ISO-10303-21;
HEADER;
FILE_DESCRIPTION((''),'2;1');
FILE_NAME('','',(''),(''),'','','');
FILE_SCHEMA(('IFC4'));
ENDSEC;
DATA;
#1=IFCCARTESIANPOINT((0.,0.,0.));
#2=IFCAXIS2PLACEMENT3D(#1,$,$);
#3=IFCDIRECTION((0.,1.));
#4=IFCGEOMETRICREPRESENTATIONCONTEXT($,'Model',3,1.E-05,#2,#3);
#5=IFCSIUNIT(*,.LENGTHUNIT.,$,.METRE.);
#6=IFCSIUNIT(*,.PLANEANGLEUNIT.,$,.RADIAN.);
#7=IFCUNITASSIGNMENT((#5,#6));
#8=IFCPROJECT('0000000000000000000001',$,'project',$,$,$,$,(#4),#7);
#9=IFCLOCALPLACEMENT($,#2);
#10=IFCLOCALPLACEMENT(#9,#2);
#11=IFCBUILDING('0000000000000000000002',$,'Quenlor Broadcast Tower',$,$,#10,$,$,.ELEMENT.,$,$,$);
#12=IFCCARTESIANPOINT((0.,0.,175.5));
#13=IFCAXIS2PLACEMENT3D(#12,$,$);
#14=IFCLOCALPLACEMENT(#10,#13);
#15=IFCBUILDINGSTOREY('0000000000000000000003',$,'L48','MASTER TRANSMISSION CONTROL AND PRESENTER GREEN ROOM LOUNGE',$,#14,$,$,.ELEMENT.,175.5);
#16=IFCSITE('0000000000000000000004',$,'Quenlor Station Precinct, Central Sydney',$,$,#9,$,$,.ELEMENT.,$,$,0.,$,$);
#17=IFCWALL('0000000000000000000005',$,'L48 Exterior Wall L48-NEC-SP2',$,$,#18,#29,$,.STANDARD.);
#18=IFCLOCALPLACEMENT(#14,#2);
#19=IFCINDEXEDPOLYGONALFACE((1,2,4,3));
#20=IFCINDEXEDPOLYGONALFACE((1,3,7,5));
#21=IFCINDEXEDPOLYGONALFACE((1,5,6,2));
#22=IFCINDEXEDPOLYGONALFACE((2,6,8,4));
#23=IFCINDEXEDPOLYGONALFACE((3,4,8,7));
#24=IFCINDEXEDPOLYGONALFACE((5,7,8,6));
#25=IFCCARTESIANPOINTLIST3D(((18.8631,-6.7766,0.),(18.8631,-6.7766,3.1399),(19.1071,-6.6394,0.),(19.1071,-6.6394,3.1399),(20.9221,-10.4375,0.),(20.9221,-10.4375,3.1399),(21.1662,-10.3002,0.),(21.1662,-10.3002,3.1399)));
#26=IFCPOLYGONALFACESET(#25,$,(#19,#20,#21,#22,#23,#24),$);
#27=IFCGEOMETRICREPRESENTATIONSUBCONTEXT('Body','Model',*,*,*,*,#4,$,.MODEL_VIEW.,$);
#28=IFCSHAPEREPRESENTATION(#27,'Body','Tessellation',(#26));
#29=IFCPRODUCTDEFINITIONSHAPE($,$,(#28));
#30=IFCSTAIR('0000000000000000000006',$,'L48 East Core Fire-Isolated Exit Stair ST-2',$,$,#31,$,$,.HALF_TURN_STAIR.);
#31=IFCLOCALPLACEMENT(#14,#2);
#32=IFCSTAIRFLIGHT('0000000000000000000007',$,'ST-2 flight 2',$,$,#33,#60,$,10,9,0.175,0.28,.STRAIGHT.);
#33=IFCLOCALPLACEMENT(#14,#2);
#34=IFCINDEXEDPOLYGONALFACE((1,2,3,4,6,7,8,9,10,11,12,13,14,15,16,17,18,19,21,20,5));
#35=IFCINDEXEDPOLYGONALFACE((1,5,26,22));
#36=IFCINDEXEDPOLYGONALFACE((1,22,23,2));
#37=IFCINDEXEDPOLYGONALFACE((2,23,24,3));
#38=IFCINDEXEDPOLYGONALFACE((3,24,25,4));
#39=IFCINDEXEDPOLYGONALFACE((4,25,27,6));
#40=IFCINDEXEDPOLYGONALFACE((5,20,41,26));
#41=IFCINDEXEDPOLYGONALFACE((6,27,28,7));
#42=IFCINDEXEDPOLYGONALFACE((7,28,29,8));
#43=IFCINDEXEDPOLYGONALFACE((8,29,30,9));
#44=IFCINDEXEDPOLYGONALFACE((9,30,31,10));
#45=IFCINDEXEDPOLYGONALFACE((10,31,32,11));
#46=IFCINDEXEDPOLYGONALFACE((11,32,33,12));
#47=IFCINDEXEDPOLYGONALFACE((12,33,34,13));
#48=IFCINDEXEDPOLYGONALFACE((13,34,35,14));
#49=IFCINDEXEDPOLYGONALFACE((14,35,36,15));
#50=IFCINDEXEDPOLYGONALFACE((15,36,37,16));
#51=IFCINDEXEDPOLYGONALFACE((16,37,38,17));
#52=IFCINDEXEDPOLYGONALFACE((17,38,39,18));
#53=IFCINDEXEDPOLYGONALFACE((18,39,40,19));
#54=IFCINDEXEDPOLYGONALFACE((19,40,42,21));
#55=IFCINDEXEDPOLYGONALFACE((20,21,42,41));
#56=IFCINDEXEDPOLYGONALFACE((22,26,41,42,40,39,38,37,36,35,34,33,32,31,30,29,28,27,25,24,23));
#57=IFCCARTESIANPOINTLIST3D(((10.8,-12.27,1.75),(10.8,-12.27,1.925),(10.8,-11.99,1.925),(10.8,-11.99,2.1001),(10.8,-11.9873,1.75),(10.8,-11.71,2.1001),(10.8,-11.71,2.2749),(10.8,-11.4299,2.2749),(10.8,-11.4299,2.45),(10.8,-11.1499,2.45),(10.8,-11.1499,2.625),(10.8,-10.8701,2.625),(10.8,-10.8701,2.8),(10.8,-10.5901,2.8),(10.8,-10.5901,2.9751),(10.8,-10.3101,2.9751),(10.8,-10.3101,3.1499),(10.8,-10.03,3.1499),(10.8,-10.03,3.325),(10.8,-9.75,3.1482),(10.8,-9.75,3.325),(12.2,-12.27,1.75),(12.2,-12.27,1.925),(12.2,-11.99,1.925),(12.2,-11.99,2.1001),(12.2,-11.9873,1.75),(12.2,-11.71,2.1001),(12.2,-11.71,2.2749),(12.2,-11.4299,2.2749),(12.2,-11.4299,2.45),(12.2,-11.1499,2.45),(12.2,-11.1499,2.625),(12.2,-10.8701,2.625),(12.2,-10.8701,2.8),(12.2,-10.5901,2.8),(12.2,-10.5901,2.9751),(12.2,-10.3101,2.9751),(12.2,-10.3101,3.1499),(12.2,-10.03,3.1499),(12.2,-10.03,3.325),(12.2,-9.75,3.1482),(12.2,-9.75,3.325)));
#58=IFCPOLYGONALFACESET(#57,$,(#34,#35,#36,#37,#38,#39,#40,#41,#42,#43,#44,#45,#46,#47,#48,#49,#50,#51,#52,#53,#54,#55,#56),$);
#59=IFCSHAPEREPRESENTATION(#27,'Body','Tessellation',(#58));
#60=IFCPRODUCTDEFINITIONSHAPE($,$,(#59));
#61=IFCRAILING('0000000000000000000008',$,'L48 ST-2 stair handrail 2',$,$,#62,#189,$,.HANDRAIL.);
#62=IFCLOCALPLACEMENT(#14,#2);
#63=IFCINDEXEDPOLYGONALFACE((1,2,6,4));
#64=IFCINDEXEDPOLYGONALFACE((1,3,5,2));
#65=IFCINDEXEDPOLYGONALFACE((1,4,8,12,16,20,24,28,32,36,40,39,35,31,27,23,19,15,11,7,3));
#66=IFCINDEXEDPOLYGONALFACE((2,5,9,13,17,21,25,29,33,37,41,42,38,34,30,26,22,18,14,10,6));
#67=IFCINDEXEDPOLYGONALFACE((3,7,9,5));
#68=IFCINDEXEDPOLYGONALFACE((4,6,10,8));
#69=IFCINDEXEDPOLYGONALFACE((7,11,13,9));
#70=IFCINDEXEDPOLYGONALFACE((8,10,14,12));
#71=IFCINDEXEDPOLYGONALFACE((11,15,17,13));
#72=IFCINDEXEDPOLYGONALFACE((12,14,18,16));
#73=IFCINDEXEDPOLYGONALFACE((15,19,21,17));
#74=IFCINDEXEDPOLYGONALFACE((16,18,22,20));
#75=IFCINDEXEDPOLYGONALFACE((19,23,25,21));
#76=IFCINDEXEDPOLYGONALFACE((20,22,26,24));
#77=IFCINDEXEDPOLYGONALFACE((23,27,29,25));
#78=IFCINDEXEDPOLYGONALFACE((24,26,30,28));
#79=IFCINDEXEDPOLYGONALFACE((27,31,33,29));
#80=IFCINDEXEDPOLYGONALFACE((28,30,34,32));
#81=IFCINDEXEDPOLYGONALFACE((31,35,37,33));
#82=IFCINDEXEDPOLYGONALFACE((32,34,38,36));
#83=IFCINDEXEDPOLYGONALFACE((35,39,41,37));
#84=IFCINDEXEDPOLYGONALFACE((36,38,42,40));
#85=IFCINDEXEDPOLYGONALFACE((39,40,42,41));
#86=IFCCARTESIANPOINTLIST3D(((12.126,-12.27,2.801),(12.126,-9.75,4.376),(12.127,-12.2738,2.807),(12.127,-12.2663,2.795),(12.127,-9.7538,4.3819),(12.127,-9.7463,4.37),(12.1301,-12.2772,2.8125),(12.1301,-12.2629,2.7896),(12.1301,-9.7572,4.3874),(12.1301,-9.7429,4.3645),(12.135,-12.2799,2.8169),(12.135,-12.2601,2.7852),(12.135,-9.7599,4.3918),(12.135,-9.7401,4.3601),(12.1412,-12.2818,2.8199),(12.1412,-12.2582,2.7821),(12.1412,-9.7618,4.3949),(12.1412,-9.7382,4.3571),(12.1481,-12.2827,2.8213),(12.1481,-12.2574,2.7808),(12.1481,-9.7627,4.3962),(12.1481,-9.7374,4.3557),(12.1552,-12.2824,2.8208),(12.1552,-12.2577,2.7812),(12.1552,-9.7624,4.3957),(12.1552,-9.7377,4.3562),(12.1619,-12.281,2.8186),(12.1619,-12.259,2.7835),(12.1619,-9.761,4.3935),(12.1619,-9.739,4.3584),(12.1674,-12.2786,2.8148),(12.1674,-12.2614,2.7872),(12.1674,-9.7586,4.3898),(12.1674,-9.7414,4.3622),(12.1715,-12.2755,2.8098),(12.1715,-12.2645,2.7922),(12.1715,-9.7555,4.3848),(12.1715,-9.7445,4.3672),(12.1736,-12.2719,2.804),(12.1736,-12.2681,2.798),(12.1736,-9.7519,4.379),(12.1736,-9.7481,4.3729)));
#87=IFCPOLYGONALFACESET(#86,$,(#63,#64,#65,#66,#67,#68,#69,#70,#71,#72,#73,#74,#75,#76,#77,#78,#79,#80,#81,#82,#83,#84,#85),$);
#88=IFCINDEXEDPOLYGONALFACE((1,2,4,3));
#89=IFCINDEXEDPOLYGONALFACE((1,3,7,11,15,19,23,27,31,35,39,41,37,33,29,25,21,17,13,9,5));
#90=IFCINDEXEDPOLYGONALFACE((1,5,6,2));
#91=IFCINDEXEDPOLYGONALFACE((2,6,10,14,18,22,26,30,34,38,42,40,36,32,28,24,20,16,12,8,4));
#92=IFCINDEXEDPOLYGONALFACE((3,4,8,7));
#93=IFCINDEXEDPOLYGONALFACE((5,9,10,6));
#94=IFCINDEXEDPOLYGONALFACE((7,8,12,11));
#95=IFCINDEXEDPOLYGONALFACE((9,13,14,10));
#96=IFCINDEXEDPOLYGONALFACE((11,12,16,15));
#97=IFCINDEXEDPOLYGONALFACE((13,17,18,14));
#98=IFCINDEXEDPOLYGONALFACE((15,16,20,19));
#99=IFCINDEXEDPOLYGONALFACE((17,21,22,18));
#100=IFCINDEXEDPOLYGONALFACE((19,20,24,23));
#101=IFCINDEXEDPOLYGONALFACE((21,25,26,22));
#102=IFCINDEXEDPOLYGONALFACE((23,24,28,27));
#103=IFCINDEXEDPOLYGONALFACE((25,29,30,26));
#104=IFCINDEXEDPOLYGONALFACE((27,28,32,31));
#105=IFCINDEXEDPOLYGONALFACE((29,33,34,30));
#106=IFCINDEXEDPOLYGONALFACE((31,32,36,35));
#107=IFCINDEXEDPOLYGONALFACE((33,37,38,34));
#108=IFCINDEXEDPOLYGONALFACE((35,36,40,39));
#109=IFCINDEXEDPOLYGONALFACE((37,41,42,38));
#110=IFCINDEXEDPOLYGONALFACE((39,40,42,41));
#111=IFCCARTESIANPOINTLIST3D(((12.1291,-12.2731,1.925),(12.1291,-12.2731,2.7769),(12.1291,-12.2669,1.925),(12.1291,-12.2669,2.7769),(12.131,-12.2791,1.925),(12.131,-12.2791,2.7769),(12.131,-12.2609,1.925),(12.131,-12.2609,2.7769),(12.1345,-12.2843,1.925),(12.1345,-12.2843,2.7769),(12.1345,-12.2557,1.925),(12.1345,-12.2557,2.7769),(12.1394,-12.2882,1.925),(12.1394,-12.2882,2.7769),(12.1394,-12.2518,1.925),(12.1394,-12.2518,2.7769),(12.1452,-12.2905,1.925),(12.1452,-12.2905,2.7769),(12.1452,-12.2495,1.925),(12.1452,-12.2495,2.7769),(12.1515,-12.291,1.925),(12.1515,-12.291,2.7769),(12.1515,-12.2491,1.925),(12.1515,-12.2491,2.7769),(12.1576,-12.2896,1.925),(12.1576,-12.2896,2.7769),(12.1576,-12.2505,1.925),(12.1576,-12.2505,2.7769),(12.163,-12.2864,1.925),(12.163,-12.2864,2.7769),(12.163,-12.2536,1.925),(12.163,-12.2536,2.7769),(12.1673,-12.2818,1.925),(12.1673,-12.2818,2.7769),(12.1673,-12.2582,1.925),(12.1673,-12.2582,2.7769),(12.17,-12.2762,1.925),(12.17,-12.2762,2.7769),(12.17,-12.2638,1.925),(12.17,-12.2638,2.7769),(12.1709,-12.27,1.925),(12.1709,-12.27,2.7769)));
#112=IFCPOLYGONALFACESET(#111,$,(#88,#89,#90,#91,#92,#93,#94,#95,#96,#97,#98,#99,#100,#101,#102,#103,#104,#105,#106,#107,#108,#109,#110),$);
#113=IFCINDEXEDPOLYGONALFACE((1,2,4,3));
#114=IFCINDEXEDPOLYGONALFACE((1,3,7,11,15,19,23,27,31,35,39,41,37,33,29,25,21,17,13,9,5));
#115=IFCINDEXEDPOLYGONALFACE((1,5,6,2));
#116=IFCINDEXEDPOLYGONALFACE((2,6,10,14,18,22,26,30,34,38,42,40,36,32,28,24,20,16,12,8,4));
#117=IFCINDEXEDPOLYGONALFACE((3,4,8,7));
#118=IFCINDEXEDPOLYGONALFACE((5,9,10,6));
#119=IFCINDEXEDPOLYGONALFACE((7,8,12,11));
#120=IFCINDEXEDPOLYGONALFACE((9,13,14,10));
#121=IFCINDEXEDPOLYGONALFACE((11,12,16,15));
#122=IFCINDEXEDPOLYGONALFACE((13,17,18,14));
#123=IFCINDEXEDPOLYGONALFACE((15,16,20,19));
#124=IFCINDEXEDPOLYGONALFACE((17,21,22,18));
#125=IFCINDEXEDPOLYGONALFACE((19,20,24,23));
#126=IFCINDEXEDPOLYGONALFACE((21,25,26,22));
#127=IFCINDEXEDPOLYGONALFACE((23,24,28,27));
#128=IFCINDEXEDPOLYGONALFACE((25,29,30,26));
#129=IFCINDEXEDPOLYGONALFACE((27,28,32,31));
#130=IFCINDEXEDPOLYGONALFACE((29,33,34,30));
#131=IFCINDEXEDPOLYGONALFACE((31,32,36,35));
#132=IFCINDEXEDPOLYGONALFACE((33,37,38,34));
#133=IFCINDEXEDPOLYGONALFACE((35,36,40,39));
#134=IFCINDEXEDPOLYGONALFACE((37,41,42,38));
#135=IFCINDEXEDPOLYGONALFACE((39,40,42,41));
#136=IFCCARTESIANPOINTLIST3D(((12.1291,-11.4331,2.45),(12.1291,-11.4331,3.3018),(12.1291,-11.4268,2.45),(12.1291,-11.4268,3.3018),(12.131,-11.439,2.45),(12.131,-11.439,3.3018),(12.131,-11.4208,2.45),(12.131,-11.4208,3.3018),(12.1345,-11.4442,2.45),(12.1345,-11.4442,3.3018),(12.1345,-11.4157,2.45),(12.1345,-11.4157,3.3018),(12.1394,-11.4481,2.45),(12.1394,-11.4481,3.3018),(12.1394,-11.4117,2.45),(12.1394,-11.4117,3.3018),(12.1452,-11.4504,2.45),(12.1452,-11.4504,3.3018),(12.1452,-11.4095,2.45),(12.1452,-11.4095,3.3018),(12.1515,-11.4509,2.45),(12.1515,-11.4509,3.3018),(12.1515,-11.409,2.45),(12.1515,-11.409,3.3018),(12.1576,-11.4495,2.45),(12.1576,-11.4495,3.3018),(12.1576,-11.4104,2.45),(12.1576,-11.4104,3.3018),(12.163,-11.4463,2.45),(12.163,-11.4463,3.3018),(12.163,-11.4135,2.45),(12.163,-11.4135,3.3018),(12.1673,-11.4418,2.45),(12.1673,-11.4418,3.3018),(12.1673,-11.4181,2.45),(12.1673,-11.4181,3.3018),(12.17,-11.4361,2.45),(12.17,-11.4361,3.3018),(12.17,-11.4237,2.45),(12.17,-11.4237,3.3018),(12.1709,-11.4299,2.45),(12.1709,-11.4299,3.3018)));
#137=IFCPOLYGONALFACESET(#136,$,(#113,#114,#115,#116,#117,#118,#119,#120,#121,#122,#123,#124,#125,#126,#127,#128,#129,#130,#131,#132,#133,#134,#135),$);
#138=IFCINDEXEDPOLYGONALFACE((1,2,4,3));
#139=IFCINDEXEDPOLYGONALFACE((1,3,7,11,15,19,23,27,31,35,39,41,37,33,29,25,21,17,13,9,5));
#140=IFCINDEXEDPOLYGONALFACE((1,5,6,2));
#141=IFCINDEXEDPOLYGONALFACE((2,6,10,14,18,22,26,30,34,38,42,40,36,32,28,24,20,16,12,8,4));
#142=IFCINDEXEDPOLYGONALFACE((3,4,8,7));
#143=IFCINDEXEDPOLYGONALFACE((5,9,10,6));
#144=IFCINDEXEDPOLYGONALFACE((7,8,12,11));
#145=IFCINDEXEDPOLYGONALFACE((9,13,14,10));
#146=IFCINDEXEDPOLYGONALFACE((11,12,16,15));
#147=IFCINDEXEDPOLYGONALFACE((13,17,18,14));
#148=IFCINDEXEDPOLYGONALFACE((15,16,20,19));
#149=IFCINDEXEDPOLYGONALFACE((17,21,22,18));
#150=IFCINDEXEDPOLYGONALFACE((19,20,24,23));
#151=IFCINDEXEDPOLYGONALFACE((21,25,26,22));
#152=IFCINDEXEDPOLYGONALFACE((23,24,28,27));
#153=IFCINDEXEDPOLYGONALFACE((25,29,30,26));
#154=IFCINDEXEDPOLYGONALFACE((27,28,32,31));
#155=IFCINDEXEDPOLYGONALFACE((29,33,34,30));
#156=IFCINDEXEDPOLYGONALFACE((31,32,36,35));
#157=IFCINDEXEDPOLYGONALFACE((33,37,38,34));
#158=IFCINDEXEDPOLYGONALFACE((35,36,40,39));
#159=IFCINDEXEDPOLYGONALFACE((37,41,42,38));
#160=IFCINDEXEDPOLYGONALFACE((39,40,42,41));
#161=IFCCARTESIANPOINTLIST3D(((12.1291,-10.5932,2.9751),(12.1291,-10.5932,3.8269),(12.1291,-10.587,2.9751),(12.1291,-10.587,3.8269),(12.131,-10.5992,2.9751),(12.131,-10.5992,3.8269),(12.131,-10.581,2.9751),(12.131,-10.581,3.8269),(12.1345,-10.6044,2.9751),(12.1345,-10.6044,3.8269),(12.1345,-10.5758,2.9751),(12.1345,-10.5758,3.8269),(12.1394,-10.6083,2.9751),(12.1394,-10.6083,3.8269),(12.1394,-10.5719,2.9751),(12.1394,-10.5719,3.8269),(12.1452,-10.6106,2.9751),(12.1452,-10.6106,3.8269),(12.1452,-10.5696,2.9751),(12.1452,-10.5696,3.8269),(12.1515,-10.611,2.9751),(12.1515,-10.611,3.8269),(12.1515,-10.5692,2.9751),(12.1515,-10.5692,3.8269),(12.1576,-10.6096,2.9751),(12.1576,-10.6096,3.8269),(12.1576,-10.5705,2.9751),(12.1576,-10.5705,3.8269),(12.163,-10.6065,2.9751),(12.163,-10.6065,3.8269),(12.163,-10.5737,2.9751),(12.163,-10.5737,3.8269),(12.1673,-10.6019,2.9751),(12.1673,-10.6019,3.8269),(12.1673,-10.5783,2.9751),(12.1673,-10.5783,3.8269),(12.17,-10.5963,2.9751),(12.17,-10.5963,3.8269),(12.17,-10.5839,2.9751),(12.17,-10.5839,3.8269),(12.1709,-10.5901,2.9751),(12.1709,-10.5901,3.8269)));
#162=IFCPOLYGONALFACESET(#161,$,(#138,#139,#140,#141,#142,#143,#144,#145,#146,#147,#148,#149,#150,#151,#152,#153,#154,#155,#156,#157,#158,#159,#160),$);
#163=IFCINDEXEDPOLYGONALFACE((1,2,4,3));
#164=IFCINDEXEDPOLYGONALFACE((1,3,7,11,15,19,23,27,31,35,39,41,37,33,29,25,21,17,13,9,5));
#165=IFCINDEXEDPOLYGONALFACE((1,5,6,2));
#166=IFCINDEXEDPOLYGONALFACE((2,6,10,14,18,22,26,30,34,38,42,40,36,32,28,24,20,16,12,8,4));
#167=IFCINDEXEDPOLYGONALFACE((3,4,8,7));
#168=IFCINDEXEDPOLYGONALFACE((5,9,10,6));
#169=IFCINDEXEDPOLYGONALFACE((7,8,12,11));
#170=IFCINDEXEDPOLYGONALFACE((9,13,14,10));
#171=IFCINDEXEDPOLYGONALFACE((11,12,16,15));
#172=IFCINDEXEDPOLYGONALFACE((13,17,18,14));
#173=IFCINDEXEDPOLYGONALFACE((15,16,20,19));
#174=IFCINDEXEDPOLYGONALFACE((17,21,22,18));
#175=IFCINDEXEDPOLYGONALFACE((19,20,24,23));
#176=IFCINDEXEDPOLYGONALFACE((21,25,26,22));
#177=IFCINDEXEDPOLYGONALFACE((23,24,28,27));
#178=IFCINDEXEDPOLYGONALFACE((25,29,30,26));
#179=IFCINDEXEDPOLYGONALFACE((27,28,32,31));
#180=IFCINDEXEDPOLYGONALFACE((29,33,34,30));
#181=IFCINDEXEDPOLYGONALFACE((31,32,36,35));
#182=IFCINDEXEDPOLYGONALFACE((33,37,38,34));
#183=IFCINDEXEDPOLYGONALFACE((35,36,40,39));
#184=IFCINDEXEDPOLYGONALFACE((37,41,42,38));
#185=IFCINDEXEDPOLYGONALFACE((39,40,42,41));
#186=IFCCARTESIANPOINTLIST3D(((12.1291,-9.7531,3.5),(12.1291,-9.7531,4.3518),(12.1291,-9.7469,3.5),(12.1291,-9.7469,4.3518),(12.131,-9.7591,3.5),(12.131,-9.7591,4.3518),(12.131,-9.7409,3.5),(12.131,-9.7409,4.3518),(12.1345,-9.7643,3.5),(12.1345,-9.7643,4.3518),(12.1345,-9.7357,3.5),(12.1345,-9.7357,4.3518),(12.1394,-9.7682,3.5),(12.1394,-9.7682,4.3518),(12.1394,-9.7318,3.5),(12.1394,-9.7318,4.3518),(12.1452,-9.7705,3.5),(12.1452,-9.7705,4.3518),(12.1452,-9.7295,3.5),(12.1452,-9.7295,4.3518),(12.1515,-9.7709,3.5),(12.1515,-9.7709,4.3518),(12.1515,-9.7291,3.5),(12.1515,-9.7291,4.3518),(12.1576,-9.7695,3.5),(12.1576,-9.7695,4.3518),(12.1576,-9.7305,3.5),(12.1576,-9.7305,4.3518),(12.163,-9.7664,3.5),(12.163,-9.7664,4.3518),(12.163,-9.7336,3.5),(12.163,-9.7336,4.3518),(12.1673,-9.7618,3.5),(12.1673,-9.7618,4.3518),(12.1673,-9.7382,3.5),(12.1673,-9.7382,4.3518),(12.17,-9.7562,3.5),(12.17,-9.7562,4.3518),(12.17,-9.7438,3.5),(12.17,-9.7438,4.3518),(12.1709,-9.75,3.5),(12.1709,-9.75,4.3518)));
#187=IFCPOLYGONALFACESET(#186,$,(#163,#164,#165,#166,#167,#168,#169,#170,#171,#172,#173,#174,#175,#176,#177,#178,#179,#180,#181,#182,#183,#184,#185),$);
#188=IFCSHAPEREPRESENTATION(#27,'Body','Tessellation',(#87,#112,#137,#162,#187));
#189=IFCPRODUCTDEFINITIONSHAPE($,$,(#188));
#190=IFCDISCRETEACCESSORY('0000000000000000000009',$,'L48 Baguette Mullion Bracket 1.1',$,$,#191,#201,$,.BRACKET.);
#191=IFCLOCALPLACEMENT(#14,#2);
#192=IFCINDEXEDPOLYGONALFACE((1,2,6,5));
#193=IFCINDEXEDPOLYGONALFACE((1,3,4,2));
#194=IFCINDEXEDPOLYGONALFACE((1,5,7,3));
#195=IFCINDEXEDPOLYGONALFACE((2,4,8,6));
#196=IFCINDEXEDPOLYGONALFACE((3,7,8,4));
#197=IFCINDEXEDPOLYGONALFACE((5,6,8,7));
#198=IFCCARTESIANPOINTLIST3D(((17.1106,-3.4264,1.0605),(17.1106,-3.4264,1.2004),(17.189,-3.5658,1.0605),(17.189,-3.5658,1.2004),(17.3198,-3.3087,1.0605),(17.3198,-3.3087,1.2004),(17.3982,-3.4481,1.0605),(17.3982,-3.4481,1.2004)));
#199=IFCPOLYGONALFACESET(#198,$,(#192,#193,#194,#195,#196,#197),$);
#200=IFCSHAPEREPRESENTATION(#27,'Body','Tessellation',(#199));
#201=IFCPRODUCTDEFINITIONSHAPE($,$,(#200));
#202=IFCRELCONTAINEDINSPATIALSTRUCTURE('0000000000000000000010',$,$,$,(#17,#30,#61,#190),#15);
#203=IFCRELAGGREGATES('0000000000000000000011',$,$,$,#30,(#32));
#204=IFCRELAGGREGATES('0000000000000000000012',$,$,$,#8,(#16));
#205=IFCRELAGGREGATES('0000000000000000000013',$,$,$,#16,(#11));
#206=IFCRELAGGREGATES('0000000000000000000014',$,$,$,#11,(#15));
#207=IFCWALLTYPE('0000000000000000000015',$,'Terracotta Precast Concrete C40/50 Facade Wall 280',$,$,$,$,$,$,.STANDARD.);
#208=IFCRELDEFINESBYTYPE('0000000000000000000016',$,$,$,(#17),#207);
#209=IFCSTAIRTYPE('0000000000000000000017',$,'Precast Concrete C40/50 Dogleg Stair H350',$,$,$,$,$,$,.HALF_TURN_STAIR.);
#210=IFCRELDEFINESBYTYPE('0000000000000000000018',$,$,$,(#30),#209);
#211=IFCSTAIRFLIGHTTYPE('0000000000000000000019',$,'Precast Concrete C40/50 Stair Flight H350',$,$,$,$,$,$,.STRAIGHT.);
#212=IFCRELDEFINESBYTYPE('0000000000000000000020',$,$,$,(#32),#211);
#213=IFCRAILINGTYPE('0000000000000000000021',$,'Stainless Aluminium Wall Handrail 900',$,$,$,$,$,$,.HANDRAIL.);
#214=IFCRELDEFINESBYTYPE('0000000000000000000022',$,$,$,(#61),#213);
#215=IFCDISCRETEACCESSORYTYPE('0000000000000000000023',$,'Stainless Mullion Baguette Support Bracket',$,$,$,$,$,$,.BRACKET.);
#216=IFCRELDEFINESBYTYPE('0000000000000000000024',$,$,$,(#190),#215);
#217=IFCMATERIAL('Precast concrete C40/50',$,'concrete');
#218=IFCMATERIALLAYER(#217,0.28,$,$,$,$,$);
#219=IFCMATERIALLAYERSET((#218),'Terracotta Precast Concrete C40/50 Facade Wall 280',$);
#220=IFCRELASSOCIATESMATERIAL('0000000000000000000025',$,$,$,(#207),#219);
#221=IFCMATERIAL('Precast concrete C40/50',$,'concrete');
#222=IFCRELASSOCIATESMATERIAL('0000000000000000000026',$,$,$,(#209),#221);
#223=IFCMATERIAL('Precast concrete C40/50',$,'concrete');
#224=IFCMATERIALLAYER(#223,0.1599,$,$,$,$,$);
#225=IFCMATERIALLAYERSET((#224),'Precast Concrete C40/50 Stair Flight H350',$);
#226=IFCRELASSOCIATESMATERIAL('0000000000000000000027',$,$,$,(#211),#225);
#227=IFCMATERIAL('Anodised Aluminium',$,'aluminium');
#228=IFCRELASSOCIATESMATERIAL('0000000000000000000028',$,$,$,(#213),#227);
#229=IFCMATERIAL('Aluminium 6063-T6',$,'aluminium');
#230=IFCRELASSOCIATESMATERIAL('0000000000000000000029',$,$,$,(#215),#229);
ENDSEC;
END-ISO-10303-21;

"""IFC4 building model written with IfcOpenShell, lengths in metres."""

from ifc_helpers import new_model, si_unit, direction, frame, frame_2d, origin, origin_2d, place, context, subcontext, project, spatial, polyline, rectangle, circle, outline, extrude, material, layer, layer_set, type_object, element, aggregate, save


model = new_model("IFC4")

# Units and contexts
model_context = context("Model", 3, precision=1e-05, world=origin(), true_north=direction((0.0, 1.0)))
body_context = subcontext(model_context, "Body", "Model", "MODEL_VIEW")
ifc_project = project(units=[si_unit("LENGTHUNIT", "METRE"), si_unit("PLANEANGLEUNIT", "RADIAN")], contexts=[model_context])

# Site, building, storey
site_placement = place(None, origin())
site = spatial("IfcSite", under=ifc_project, at=site_placement, Name="Quenlor Station Precinct, Central Sydney", CompositionType="ELEMENT", RefElevation=0.0)
building_placement = place(site_placement, origin())
building = spatial("IfcBuilding", under=site, at=building_placement, Name="Quenlor Broadcast Tower", CompositionType="ELEMENT")
storey_placement = place(building_placement, frame((0.0, 0.0, 175.5)))
storey = spatial("IfcBuildingStorey", under=building, at=storey_placement, Name="L48", Description="MASTER TRANSMISSION CONTROL AND PRESENTER GREEN ROOM LOUNGE", CompositionType="ELEMENT", Elevation=175.5)

# Wall
ifc_material_1 = material(Name="Precast concrete C40/50", Category="concrete")
ifc_layer_1 = layer(ifc_material_1, 0.28)
ifc_layer_set_1 = layer_set([ifc_layer_1], Name="Terracotta Precast Concrete C40/50 Facade Wall 280")
wall_type_1 = type_object("IfcWallType", Name="Terracotta Precast Concrete C40/50 Facade Wall 280", PredefinedType="STANDARD", material=ifc_layer_set_1)
wall_1_placement = place(storey_placement, frame((18.9851, -6.708, 0.0), z_axis=(0.0, 0.0, 1.0), x_axis=(0.490231, -0.871593, 0.0)))
element("IfcWall", 1, at=wall_1_placement, inside=storey, type_object=wall_type_1, Name="L48 Exterior Wall L48-NEC-SP2", PredefinedType="STANDARD", context=body_context, shape_type="SweptSolid", body=[
    extrude(rectangle(XDim=4.2002, YDim=0.28, at=frame_2d((2.1001, 0.0))), origin(), (0.0, 0.0, 1.0), 3.1399),
])

# Stair, stair flight
ifc_material_2 = material(Name="Precast concrete C40/50", Category="concrete")
stair_type = type_object("IfcStairType", Name="Precast Concrete C40/50 Dogleg Stair H350", PredefinedType="HALF_TURN_STAIR", material=ifc_material_2)
stair_placement = place(storey_placement, origin())
stair = element("IfcStair", 2, at=stair_placement, inside=storey, type_object=stair_type, Name="L48 East Core Fire-Isolated Exit Stair ST-2", PredefinedType="HALF_TURN_STAIR")
ifc_material_3 = material(Name="Precast concrete C40/50", Category="concrete")
ifc_layer_2 = layer(ifc_material_3, 0.1599)
ifc_layer_set_2 = layer_set([ifc_layer_2], Name="Precast Concrete C40/50 Stair Flight H350")
stair_flight_type = type_object("IfcStairFlightType", Name="Precast Concrete C40/50 Stair Flight H350", PredefinedType="STRAIGHT", material=ifc_layer_set_2)
stair_flight_placement = place(storey_placement, frame((11.5, -12.27, 1.75), z_axis=(0.0, 0.0, 1.0), x_axis=(0.0, 1.0, 0.0)))
stair_flight = element("IfcStairFlight", 3, at=stair_flight_placement, type_object=stair_flight_type, Name="ST-2 flight 2", NumberOfRisers=10, NumberOfTreads=9, PredefinedType="STRAIGHT", RiserHeight=0.175, TreadLength=0.28, context=body_context, shape_type="SweptSolid", body=[
    extrude(outline(polyline([(0.0, 0.0), (0.0, 0.175), (0.28, 0.175), (0.28, 0.3501), (0.5601, 0.3501), (0.5601, 0.5249), (0.8401, 0.5249), (0.8401, 0.7), (1.1201, 0.7), (1.1201, 0.875), (1.3999, 0.875), (1.3999, 1.05), (1.6799, 1.05), (1.6799, 1.2251), (1.96, 1.2251), (1.96, 1.3999), (2.24, 1.3999), (2.24, 1.575), (2.52, 1.575), (2.52, 1.75), (2.52, 1.3982), (0.2827, 0.0), (0.0, 0.0)])), frame((0.0, 0.7, 0.0), z_axis=(0.0, -1.0, 0.0), x_axis=(1.0, 0.0, 0.0)), (0.0, 0.0, 1.0), 1.3999),
])
aggregate(stair, [stair_flight])

# Railing
ifc_material_4 = material(Name="Anodised Aluminium", Category="aluminium")
railing_type = type_object("IfcRailingType", Name="Stainless Aluminium Wall Handrail 900", PredefinedType="HANDRAIL", material=ifc_material_4)
railing_placement = place(storey_placement, frame((12.1499, -12.27, 1.925)))
element("IfcRailing", 4, at=railing_placement, inside=storey, type_object=railing_type, Name="L48 ST-2 stair handrail 2", PredefinedType="HANDRAIL", context=body_context, shape_type="SweptSolid", body=[
    extrude(circle(Radius=0.0239, at=origin_2d()), frame((0.0, 0.0, 0.876), z_axis=(0.0, 0.848008, 0.529984), x_axis=(-1.0, 0.0, 0.0)), (0.0, 0.0, 1.0), 2.9717),
    extrude(circle(Radius=0.021, at=origin_2d()), origin(), (0.0, 0.0, 1.0), 0.8518),
    extrude(circle(Radius=0.021, at=origin_2d()), frame((0.0, 0.8401, 0.5249)), (0.0, 0.0, 1.0), 0.8518),
    extrude(circle(Radius=0.021, at=origin_2d()), frame((0.0, 1.6799, 1.05)), (0.0, 0.0, 1.0), 0.8518),
    extrude(circle(Radius=0.021, at=origin_2d()), frame((0.0, 2.52, 1.575)), (0.0, 0.0, 1.0), 0.8518),
])

# Discrete accessory
ifc_material_5 = material(Name="Aluminium 6063-T6", Category="aluminium")
discrete_accessory_type = type_object("IfcDiscreteAccessoryType", Name="Stainless Mullion Baguette Support Bracket", PredefinedType="BRACKET", material=ifc_material_5)
for number, where, z_axis, x_axis, name in (
    (5, (17.2544, -3.4373, 1.0605), (0.0, 0.0, 1.0), (0.490259, -0.871577, 0.0), "L48 Baguette Mullion Bracket 1.1"),
):
    element("IfcDiscreteAccessory", number, at=place(storey_placement, frame(where, z_axis=z_axis, x_axis=x_axis)), inside=storey, type_object=discrete_accessory_type, Name=name, PredefinedType="BRACKET", context=body_context, shape_type="SweptSolid", body=[
        extrude(rectangle(XDim=0.1599, YDim=0.24, at=origin_2d()), origin(), (0.0, 0.0, 1.0), 0.1399),
    ])

save(model, "model.ifc")
